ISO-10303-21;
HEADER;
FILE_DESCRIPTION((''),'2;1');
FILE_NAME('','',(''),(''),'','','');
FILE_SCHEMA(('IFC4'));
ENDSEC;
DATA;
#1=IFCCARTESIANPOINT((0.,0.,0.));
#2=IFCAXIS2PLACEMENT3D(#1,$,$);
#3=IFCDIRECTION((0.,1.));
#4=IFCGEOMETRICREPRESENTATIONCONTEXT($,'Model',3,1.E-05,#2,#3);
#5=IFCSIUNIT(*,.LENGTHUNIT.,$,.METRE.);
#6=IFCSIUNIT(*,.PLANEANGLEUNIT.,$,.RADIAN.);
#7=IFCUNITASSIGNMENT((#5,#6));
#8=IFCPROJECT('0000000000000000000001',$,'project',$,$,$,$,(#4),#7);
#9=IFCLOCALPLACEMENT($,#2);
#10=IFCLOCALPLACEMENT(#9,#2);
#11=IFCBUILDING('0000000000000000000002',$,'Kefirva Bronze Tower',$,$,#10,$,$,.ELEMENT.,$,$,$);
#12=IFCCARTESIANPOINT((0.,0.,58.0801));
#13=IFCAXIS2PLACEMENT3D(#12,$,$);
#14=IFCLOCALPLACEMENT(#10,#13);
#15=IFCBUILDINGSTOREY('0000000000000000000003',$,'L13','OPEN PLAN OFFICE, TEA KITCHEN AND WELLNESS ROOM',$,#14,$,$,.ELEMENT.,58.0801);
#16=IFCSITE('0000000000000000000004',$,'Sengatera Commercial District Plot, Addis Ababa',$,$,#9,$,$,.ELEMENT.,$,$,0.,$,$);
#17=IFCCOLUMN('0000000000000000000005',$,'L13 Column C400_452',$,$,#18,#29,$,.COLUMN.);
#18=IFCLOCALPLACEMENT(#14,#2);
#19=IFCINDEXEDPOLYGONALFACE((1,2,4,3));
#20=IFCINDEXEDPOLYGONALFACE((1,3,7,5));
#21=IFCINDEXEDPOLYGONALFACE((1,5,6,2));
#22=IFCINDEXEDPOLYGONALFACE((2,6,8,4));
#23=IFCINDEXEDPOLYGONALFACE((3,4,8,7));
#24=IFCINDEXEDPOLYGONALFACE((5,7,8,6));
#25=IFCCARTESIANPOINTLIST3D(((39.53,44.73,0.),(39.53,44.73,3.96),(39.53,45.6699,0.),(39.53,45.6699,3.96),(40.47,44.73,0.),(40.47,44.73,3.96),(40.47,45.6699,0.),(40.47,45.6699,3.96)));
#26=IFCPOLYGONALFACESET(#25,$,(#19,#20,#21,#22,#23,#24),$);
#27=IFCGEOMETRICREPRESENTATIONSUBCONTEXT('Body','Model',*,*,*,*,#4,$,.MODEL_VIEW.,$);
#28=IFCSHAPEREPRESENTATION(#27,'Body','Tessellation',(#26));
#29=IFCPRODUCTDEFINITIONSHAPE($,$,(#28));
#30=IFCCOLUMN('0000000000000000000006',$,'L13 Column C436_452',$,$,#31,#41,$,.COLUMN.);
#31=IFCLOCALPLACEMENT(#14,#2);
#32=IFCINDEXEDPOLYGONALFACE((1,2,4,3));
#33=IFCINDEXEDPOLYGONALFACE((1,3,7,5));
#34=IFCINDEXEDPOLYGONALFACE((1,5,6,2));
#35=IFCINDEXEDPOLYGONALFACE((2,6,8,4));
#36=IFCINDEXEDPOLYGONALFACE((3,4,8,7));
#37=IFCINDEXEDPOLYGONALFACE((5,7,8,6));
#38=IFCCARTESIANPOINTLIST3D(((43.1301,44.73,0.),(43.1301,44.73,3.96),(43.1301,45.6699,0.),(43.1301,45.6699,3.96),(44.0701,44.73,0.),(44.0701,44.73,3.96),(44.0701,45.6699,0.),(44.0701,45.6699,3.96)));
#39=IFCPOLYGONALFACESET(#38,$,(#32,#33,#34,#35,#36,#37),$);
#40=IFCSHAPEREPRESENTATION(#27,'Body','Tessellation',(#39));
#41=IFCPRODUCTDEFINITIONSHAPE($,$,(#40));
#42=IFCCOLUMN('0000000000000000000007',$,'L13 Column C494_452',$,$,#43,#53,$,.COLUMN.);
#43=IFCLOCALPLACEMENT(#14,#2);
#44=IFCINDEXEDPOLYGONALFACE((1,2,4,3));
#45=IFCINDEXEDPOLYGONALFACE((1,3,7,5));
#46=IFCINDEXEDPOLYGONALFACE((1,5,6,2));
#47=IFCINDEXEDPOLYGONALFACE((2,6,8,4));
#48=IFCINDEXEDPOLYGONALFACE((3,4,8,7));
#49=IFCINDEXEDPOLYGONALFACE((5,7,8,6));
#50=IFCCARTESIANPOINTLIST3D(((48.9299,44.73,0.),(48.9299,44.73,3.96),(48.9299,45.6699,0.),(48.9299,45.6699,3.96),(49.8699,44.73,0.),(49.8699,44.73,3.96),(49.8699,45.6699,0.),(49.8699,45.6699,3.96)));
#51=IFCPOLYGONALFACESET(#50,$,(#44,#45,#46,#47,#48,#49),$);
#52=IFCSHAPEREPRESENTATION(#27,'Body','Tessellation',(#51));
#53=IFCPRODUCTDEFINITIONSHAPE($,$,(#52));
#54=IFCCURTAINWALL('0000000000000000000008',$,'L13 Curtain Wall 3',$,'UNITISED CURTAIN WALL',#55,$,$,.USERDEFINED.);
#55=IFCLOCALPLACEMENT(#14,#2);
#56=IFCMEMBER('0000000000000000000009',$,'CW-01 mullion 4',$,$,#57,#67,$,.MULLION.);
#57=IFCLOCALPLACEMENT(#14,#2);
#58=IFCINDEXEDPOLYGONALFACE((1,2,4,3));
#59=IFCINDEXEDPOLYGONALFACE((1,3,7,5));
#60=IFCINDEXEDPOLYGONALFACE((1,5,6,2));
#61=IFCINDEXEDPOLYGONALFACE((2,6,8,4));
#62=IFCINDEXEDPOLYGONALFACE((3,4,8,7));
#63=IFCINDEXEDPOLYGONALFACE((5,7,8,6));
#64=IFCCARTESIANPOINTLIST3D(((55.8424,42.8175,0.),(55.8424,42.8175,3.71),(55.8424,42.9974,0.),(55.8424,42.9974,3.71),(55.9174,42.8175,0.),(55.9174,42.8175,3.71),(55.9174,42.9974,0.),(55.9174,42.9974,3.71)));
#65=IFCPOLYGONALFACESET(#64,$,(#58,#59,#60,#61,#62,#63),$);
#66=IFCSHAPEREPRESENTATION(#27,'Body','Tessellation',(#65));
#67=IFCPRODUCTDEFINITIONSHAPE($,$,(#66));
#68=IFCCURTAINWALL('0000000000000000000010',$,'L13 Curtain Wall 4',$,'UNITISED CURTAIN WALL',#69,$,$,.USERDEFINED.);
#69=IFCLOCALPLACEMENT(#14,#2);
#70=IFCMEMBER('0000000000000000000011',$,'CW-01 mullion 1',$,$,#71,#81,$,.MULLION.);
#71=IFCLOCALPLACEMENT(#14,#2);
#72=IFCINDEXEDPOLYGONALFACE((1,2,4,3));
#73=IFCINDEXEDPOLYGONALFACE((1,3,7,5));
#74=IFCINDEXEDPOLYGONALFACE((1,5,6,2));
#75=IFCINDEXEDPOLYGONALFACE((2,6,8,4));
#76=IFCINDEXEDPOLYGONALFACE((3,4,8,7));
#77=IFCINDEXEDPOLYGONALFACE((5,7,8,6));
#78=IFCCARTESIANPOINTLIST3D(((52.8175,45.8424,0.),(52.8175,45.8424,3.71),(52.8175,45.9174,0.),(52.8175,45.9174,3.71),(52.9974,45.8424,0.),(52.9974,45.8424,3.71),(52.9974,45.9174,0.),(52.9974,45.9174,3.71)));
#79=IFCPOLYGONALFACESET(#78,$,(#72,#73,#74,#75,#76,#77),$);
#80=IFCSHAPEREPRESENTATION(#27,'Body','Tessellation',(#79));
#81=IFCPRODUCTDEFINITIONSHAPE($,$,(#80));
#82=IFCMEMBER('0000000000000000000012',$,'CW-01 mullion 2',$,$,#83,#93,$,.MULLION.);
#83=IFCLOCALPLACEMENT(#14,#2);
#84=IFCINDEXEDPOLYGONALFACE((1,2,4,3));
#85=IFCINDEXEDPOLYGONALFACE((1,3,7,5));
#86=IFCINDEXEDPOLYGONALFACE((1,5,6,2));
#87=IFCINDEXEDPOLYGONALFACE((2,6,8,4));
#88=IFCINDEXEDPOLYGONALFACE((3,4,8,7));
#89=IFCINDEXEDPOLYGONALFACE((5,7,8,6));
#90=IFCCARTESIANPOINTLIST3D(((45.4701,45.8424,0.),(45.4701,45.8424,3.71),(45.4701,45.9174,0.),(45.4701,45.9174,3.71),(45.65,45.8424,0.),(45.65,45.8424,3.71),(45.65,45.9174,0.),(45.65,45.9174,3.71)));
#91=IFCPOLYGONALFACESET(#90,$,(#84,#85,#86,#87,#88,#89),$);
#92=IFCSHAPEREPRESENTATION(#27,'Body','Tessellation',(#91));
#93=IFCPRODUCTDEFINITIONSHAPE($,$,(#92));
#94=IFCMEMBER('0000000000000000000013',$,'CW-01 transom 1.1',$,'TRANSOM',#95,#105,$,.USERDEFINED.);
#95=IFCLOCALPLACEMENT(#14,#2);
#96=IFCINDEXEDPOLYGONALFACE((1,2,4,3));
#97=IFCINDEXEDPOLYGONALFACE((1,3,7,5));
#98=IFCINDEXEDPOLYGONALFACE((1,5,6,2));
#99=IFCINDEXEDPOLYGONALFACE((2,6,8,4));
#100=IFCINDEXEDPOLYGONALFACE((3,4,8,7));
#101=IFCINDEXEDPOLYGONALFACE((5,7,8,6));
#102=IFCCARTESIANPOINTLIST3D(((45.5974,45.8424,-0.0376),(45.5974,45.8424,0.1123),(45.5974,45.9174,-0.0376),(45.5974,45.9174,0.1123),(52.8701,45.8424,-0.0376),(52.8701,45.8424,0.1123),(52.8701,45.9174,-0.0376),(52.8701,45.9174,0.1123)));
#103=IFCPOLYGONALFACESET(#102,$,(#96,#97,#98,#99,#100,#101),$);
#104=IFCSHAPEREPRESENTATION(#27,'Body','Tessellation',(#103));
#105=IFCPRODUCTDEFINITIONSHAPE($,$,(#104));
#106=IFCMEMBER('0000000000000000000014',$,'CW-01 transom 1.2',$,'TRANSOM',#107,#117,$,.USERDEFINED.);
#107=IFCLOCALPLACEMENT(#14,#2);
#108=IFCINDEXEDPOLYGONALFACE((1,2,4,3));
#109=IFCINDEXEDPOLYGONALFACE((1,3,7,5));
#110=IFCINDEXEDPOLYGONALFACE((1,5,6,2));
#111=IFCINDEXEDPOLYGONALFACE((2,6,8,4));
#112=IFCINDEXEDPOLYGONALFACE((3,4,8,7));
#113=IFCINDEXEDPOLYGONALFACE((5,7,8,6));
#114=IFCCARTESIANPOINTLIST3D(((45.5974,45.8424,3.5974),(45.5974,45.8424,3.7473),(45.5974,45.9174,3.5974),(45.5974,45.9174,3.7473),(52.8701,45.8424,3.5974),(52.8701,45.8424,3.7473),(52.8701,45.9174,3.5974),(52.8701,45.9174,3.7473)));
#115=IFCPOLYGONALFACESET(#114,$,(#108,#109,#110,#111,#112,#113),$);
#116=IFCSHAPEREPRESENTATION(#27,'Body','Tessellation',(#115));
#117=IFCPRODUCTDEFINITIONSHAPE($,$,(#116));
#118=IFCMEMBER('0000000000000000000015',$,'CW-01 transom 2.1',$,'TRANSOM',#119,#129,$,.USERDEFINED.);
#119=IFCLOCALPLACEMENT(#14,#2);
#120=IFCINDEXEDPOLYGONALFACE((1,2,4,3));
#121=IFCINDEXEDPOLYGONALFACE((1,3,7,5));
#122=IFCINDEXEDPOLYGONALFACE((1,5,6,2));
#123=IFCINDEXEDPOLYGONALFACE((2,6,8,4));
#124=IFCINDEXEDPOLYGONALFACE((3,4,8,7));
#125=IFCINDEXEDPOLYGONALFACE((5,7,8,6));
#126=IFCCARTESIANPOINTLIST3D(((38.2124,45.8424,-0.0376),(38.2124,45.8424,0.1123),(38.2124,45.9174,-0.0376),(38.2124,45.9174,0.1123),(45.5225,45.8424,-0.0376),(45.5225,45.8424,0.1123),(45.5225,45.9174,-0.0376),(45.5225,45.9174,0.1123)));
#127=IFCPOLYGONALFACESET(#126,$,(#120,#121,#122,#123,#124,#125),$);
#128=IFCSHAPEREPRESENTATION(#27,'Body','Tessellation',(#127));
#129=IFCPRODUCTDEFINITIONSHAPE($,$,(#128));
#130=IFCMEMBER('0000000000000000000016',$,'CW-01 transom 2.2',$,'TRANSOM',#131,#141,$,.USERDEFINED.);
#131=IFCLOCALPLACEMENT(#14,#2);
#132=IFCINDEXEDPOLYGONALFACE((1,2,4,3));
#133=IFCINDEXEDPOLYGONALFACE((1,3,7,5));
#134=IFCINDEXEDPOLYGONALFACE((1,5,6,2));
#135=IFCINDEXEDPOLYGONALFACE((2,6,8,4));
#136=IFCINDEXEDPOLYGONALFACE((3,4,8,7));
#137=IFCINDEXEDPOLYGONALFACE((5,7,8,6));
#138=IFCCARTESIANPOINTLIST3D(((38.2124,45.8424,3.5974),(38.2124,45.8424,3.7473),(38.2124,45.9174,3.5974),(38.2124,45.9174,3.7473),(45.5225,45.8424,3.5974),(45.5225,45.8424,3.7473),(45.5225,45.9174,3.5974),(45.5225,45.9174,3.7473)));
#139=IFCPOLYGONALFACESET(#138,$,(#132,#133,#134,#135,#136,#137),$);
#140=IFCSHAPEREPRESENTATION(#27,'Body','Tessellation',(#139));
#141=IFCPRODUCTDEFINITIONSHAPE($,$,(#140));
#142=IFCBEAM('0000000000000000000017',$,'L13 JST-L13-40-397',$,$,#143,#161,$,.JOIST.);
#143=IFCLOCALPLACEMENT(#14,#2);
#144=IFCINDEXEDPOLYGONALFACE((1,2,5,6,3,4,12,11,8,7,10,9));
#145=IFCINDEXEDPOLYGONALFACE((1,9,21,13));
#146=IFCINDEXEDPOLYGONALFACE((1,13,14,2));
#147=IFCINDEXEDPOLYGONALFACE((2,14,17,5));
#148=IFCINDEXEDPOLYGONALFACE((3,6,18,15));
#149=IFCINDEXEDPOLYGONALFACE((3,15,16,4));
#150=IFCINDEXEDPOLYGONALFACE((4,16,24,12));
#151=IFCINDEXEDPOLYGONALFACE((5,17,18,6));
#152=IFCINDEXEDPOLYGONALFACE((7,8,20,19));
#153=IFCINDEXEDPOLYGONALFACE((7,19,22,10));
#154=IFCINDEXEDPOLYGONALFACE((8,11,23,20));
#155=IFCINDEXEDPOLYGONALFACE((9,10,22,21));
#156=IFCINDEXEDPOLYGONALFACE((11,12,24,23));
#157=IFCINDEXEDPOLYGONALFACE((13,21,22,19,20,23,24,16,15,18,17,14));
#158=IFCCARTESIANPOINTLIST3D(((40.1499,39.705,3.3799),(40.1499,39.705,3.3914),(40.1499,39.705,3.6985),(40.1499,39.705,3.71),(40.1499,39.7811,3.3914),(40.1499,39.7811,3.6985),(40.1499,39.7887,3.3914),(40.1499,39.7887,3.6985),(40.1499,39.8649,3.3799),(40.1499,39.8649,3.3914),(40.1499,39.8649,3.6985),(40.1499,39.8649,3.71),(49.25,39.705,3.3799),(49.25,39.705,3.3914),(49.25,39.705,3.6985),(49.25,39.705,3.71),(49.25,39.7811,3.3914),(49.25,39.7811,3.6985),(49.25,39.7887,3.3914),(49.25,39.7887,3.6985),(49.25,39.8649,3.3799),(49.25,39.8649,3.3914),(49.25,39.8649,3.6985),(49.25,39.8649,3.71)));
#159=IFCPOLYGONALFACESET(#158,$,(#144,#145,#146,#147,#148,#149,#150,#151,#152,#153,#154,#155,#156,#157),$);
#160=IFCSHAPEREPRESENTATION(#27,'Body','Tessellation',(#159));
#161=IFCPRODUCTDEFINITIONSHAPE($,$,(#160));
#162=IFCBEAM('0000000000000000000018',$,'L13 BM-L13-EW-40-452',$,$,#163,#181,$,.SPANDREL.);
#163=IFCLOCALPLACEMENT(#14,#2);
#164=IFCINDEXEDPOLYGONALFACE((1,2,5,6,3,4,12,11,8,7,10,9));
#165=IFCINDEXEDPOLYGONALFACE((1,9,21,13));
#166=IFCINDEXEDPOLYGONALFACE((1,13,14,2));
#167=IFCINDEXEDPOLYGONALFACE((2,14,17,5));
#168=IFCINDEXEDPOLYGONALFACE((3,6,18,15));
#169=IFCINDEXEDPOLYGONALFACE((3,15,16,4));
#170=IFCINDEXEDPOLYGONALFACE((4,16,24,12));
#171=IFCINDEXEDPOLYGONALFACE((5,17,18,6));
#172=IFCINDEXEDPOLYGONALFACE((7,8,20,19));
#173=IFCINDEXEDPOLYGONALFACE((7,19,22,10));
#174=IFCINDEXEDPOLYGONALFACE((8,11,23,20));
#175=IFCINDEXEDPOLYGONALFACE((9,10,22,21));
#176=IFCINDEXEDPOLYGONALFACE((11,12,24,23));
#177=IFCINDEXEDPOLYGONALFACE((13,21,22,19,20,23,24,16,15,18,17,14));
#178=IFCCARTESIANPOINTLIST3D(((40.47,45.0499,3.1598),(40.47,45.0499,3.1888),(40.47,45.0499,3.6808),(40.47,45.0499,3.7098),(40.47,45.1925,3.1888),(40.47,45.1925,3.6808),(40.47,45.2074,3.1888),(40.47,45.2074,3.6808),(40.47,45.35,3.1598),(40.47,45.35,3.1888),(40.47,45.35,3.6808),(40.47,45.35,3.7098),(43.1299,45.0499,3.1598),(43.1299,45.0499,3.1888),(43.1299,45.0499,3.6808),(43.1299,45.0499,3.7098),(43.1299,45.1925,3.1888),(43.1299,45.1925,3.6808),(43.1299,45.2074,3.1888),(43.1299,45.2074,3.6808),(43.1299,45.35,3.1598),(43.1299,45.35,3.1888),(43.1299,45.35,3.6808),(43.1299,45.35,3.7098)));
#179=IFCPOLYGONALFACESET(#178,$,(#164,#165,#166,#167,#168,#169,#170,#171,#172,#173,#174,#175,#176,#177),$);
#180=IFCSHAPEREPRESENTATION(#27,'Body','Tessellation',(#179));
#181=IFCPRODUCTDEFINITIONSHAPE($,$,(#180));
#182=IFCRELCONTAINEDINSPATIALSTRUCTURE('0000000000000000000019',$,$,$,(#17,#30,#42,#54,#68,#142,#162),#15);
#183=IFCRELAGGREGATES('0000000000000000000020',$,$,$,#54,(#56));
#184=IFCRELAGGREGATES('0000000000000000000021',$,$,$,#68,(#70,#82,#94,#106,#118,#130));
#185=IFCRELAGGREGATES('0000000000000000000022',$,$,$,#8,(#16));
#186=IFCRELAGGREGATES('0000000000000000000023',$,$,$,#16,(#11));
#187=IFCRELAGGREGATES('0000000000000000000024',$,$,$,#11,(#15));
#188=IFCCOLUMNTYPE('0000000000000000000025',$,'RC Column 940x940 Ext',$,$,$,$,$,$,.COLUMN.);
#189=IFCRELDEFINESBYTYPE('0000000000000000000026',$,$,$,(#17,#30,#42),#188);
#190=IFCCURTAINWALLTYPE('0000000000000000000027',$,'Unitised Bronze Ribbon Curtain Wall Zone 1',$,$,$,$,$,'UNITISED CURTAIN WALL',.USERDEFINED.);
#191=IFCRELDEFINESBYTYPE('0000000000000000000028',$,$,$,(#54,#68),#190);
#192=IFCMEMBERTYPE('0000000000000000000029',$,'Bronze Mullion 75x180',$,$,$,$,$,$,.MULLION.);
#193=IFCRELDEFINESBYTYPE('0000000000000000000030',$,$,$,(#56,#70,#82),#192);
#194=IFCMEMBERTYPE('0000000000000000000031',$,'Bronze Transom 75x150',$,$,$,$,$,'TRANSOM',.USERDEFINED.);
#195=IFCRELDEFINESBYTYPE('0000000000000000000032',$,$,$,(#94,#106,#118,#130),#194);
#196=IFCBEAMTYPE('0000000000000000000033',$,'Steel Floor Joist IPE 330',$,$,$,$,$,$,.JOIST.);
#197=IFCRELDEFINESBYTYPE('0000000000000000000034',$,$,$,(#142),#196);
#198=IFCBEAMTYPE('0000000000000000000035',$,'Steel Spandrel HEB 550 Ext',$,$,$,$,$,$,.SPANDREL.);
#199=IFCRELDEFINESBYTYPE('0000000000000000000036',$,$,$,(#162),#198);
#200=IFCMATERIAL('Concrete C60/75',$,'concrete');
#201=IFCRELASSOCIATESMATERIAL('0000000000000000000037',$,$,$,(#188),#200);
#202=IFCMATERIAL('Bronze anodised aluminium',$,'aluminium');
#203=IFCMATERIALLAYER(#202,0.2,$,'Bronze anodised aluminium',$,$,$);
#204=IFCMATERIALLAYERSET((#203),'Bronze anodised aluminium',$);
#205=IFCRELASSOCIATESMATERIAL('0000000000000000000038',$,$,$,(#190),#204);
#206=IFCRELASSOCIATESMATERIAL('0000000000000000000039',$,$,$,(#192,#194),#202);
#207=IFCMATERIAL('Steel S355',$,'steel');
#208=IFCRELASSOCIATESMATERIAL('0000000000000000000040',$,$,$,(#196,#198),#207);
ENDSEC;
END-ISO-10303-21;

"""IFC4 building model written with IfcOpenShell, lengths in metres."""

from ifc_helpers import new_model, si_unit, direction, frame, origin, origin_2d, place, context, subcontext, project, spatial, rectangle, i_section, extrude, material, layer, layer_set, material_profile, profile_set, type_object, element, aggregate, save


model = new_model("IFC4")

# Units and contexts
model_context = context("Model", 3, precision=1e-05, world=origin(), true_north=direction((0.0, 1.0)))
body_context = subcontext(model_context, "Body", "Model", "MODEL_VIEW")
ifc_project = project(units=[si_unit("LENGTHUNIT", "METRE"), si_unit("PLANEANGLEUNIT", "RADIAN")], contexts=[model_context])

# Site, building, storey
site_placement = place(None, origin())
site = spatial("IfcSite", under=ifc_project, at=site_placement, Name="Sengatera Commercial District Plot, Addis Ababa", CompositionType="ELEMENT", RefElevation=0.0)
building_placement = place(site_placement, origin())
building = spatial("IfcBuilding", under=site, at=building_placement, Name="Kefirva Bronze Tower", CompositionType="ELEMENT")
storey_placement = place(building_placement, frame((0.0, 0.0, 58.0801)))
storey = spatial("IfcBuildingStorey", under=building, at=storey_placement, Name="L13", Description="OPEN PLAN OFFICE, TEA KITCHEN AND WELLNESS ROOM", CompositionType="ELEMENT", Elevation=58.0801)

# Columns
ifc_material_1 = material(Name="Concrete C60/75", Category="concrete")
ifc_material_profile_1 = material_profile(ifc_material_1, rectangle(XDim=0.9399, YDim=0.9399, at=origin_2d()), Name="RC 940x940")
ifc_profile_set_1 = profile_set([ifc_material_profile_1], Name="Concrete C60/75")
column_type = type_object("IfcColumnType", Name="RC Column 940x940 Ext", PredefinedType="COLUMN", material=ifc_profile_set_1)
for number, where, z_axis, x_axis, name in (
    (1, (40.0, 45.2, 0.0), (0.0, 0.0, 1.0), (1.0, 0.0, 0.0), "L13 Column C400_452"),
    (2, (43.6001, 45.2, 0.0), (0.0, 0.0, 1.0), (1.0, 0.0, 0.0), "L13 Column C436_452"),
    (3, (49.3999, 45.2, 0.0), (0.0, 0.0, 1.0), (1.0, 0.0, 0.0), "L13 Column C494_452"),
):
    element("IfcColumn", number, at=place(storey_placement, frame(where, z_axis=z_axis, x_axis=x_axis)), inside=storey, type_object=column_type, Name=name, PredefinedType="COLUMN", context=body_context, shape_type="SweptSolid", body=[
        extrude(rectangle(XDim=0.9399, YDim=0.9399, at=origin_2d()), origin(), (0.0, 0.0, 1.0), 3.96),
    ])

# Curtain wall, member
ifc_material_2 = material(Name="Bronze anodised aluminium", Category="aluminium")
ifc_layer_1 = layer(ifc_material_2, 0.2, Name="Bronze anodised aluminium")
ifc_layer_set_1 = layer_set([ifc_layer_1], Name="Bronze anodised aluminium")
curtain_wall_type = type_object("IfcCurtainWallType", Name="Unitised Bronze Ribbon Curtain Wall Zone 1", ElementType="UNITISED CURTAIN WALL", PredefinedType="USERDEFINED", material=ifc_layer_set_1)
curtain_wall_1_placement = place(storey_placement, origin())
curtain_wall_1 = element("IfcCurtainWall", 4, at=curtain_wall_1_placement, inside=storey, type_object=curtain_wall_type, Name="L13 Curtain Wall 3", ObjectType="UNITISED CURTAIN WALL", PredefinedType="USERDEFINED")
ifc_material_profile_2 = material_profile(ifc_material_2, rectangle(XDim=0.075, YDim=0.1799, at=origin_2d()), Name="ALU 75x180")
ifc_profile_set_2 = profile_set([ifc_material_profile_2], Name="Bronze anodised aluminium")
member_type_1 = type_object("IfcMemberType", Name="Bronze Mullion 75x180", PredefinedType="MULLION", material=ifc_profile_set_2)
member_1_placement = place(storey_placement, frame((55.8799, 42.9075, 0.0), z_axis=(0.0, 0.0, 1.0), x_axis=(-1.0, 0.0, 0.0)))
member_1 = element("IfcMember", 5, at=member_1_placement, type_object=member_type_1, Name="CW-01 mullion 4", PredefinedType="MULLION", context=body_context, shape_type="SweptSolid", body=[
    extrude(rectangle(XDim=0.075, YDim=0.1799, at=origin_2d()), origin(), (0.0, 0.0, 1.0), 3.71),
])

# Curtain wall, members
curtain_wall_2_placement = place(storey_placement, origin())
curtain_wall_2 = element("IfcCurtainWall", 6, at=curtain_wall_2_placement, inside=storey, type_object=curtain_wall_type, Name="L13 Curtain Wall 4", ObjectType="UNITISED CURTAIN WALL", PredefinedType="USERDEFINED")
member_2_placement = place(storey_placement, frame((52.9075, 45.8799, 0.0), z_axis=(0.0, 0.0, 1.0), x_axis=(0.0, -1.0, 0.0)))
member_2 = element("IfcMember", 7, at=member_2_placement, type_object=member_type_1, Name="CW-01 mullion 1", PredefinedType="MULLION", context=body_context, shape_type="SweptSolid", body=[
    extrude(rectangle(XDim=0.075, YDim=0.1799, at=origin_2d()), origin(), (0.0, 0.0, 1.0), 3.71),
])
member_3_placement = place(storey_placement, frame((45.5601, 45.8799, 0.0), z_axis=(0.0, 0.0, 1.0), x_axis=(0.0, -1.0, 0.0)))
member_3 = element("IfcMember", 8, at=member_3_placement, type_object=member_type_1, Name="CW-01 mullion 2", PredefinedType="MULLION", context=body_context, shape_type="SweptSolid", body=[
    extrude(rectangle(XDim=0.075, YDim=0.1799, at=origin_2d()), origin(), (0.0, 0.0, 1.0), 3.71),
])
ifc_material_profile_3 = material_profile(ifc_material_2, rectangle(XDim=0.075, YDim=0.1499, at=origin_2d()), Name="ALU 75x150")
ifc_profile_set_3 = profile_set([ifc_material_profile_3], Name="Bronze anodised aluminium")
member_type_2 = type_object("IfcMemberType", Name="Bronze Transom 75x150", ElementType="TRANSOM", PredefinedType="USERDEFINED", material=ifc_profile_set_3)
member_4_placement = place(storey_placement, frame((52.8701, 45.8799, 0.0374), z_axis=(-1.0, 0.0, 0.0), x_axis=(0.0, -1.0, 0.0)))
member_4 = element("IfcMember", 9, at=member_4_placement, type_object=member_type_2, Name="CW-01 transom 1.1", ObjectType="TRANSOM", PredefinedType="USERDEFINED", context=body_context, shape_type="SweptSolid", body=[
    extrude(rectangle(XDim=0.075, YDim=0.1499, at=origin_2d()), origin(), (0.0, 0.0, 1.0), 7.2727),
])
member_5_placement = place(storey_placement, frame((52.8701, 45.8799, 3.6724), z_axis=(-1.0, 0.0, 0.0), x_axis=(0.0, -1.0, 0.0)))
member_5 = element("IfcMember", 10, at=member_5_placement, type_object=member_type_2, Name="CW-01 transom 1.2", ObjectType="TRANSOM", PredefinedType="USERDEFINED", context=body_context, shape_type="SweptSolid", body=[
    extrude(rectangle(XDim=0.075, YDim=0.1499, at=origin_2d()), origin(), (0.0, 0.0, 1.0), 7.2727),
])
member_6_placement = place(storey_placement, frame((45.5225, 45.8799, 0.0374), z_axis=(-1.0, 0.0, 0.0), x_axis=(0.0, -1.0, 0.0)))
member_6 = element("IfcMember", 11, at=member_6_placement, type_object=member_type_2, Name="CW-01 transom 2.1", ObjectType="TRANSOM", PredefinedType="USERDEFINED", context=body_context, shape_type="SweptSolid", body=[
    extrude(rectangle(XDim=0.075, YDim=0.1499, at=origin_2d()), origin(), (0.0, 0.0, 1.0), 7.3101),
])
member_7_placement = place(storey_placement, frame((45.5225, 45.8799, 3.6724), z_axis=(-1.0, 0.0, 0.0), x_axis=(0.0, -1.0, 0.0)))
member_7 = element("IfcMember", 12, at=member_7_placement, type_object=member_type_2, Name="CW-01 transom 2.2", ObjectType="TRANSOM", PredefinedType="USERDEFINED", context=body_context, shape_type="SweptSolid", body=[
    extrude(rectangle(XDim=0.075, YDim=0.1499, at=origin_2d()), origin(), (0.0, 0.0, 1.0), 7.3101),
])

# Beams
ifc_material_3 = material(Name="Steel S355", Category="steel")
ifc_material_profile_4 = material_profile(ifc_material_3, i_section(OverallWidth=0.1599, OverallDepth=0.3301, WebThickness=0.0076, FlangeThickness=0.0115, at=origin_2d()), Name="IPE 330")
ifc_profile_set_4 = profile_set([ifc_material_profile_4], Name="Steel S355")
beam_type_1 = type_object("IfcBeamType", Name="Steel Floor Joist IPE 330", PredefinedType="JOIST", material=ifc_profile_set_4)
beam_1_placement = place(storey_placement, frame((40.1499, 39.7849, 3.5449), z_axis=(1.0, 0.0, 0.0), x_axis=(0.0, 1.0, 0.0)))
element("IfcBeam", 13, at=beam_1_placement, inside=storey, type_object=beam_type_1, Name="L13 JST-L13-40-397", PredefinedType="JOIST", context=body_context, shape_type="SweptSolid", body=[
    extrude(i_section(OverallWidth=0.1599, OverallDepth=0.3301, WebThickness=0.0076, FlangeThickness=0.0115, at=origin_2d()), origin(), (0.0, 0.0, 1.0), 9.1001),
])
ifc_material_profile_5 = material_profile(ifc_material_3, i_section(OverallWidth=0.3, OverallDepth=0.55, WebThickness=0.0149, FlangeThickness=0.0291, at=origin_2d()), Name="HEB 550")
ifc_profile_set_5 = profile_set([ifc_material_profile_5], Name="Steel S355")
beam_type_2 = type_object("IfcBeamType", Name="Steel Spandrel HEB 550 Ext", PredefinedType="SPANDREL", material=ifc_profile_set_5)
beam_2_placement = place(storey_placement, frame((40.47, 45.2, 3.4348), z_axis=(1.0, 0.0, 0.0), x_axis=(0.0, 1.0, 0.0)))
element("IfcBeam", 14, at=beam_2_placement, inside=storey, type_object=beam_type_2, Name="L13 BM-L13-EW-40-452", PredefinedType="SPANDREL", context=body_context, shape_type="SweptSolid", body=[
    extrude(i_section(OverallWidth=0.3, OverallDepth=0.55, WebThickness=0.0149, FlangeThickness=0.0291, at=origin_2d()), origin(), (0.0, 0.0, 1.0), 2.6599),
])

aggregate(curtain_wall_1, [member_1])
aggregate(curtain_wall_2, [member_2, member_3, member_4, member_5, member_6, member_7])

save(model, "model.ifc")
